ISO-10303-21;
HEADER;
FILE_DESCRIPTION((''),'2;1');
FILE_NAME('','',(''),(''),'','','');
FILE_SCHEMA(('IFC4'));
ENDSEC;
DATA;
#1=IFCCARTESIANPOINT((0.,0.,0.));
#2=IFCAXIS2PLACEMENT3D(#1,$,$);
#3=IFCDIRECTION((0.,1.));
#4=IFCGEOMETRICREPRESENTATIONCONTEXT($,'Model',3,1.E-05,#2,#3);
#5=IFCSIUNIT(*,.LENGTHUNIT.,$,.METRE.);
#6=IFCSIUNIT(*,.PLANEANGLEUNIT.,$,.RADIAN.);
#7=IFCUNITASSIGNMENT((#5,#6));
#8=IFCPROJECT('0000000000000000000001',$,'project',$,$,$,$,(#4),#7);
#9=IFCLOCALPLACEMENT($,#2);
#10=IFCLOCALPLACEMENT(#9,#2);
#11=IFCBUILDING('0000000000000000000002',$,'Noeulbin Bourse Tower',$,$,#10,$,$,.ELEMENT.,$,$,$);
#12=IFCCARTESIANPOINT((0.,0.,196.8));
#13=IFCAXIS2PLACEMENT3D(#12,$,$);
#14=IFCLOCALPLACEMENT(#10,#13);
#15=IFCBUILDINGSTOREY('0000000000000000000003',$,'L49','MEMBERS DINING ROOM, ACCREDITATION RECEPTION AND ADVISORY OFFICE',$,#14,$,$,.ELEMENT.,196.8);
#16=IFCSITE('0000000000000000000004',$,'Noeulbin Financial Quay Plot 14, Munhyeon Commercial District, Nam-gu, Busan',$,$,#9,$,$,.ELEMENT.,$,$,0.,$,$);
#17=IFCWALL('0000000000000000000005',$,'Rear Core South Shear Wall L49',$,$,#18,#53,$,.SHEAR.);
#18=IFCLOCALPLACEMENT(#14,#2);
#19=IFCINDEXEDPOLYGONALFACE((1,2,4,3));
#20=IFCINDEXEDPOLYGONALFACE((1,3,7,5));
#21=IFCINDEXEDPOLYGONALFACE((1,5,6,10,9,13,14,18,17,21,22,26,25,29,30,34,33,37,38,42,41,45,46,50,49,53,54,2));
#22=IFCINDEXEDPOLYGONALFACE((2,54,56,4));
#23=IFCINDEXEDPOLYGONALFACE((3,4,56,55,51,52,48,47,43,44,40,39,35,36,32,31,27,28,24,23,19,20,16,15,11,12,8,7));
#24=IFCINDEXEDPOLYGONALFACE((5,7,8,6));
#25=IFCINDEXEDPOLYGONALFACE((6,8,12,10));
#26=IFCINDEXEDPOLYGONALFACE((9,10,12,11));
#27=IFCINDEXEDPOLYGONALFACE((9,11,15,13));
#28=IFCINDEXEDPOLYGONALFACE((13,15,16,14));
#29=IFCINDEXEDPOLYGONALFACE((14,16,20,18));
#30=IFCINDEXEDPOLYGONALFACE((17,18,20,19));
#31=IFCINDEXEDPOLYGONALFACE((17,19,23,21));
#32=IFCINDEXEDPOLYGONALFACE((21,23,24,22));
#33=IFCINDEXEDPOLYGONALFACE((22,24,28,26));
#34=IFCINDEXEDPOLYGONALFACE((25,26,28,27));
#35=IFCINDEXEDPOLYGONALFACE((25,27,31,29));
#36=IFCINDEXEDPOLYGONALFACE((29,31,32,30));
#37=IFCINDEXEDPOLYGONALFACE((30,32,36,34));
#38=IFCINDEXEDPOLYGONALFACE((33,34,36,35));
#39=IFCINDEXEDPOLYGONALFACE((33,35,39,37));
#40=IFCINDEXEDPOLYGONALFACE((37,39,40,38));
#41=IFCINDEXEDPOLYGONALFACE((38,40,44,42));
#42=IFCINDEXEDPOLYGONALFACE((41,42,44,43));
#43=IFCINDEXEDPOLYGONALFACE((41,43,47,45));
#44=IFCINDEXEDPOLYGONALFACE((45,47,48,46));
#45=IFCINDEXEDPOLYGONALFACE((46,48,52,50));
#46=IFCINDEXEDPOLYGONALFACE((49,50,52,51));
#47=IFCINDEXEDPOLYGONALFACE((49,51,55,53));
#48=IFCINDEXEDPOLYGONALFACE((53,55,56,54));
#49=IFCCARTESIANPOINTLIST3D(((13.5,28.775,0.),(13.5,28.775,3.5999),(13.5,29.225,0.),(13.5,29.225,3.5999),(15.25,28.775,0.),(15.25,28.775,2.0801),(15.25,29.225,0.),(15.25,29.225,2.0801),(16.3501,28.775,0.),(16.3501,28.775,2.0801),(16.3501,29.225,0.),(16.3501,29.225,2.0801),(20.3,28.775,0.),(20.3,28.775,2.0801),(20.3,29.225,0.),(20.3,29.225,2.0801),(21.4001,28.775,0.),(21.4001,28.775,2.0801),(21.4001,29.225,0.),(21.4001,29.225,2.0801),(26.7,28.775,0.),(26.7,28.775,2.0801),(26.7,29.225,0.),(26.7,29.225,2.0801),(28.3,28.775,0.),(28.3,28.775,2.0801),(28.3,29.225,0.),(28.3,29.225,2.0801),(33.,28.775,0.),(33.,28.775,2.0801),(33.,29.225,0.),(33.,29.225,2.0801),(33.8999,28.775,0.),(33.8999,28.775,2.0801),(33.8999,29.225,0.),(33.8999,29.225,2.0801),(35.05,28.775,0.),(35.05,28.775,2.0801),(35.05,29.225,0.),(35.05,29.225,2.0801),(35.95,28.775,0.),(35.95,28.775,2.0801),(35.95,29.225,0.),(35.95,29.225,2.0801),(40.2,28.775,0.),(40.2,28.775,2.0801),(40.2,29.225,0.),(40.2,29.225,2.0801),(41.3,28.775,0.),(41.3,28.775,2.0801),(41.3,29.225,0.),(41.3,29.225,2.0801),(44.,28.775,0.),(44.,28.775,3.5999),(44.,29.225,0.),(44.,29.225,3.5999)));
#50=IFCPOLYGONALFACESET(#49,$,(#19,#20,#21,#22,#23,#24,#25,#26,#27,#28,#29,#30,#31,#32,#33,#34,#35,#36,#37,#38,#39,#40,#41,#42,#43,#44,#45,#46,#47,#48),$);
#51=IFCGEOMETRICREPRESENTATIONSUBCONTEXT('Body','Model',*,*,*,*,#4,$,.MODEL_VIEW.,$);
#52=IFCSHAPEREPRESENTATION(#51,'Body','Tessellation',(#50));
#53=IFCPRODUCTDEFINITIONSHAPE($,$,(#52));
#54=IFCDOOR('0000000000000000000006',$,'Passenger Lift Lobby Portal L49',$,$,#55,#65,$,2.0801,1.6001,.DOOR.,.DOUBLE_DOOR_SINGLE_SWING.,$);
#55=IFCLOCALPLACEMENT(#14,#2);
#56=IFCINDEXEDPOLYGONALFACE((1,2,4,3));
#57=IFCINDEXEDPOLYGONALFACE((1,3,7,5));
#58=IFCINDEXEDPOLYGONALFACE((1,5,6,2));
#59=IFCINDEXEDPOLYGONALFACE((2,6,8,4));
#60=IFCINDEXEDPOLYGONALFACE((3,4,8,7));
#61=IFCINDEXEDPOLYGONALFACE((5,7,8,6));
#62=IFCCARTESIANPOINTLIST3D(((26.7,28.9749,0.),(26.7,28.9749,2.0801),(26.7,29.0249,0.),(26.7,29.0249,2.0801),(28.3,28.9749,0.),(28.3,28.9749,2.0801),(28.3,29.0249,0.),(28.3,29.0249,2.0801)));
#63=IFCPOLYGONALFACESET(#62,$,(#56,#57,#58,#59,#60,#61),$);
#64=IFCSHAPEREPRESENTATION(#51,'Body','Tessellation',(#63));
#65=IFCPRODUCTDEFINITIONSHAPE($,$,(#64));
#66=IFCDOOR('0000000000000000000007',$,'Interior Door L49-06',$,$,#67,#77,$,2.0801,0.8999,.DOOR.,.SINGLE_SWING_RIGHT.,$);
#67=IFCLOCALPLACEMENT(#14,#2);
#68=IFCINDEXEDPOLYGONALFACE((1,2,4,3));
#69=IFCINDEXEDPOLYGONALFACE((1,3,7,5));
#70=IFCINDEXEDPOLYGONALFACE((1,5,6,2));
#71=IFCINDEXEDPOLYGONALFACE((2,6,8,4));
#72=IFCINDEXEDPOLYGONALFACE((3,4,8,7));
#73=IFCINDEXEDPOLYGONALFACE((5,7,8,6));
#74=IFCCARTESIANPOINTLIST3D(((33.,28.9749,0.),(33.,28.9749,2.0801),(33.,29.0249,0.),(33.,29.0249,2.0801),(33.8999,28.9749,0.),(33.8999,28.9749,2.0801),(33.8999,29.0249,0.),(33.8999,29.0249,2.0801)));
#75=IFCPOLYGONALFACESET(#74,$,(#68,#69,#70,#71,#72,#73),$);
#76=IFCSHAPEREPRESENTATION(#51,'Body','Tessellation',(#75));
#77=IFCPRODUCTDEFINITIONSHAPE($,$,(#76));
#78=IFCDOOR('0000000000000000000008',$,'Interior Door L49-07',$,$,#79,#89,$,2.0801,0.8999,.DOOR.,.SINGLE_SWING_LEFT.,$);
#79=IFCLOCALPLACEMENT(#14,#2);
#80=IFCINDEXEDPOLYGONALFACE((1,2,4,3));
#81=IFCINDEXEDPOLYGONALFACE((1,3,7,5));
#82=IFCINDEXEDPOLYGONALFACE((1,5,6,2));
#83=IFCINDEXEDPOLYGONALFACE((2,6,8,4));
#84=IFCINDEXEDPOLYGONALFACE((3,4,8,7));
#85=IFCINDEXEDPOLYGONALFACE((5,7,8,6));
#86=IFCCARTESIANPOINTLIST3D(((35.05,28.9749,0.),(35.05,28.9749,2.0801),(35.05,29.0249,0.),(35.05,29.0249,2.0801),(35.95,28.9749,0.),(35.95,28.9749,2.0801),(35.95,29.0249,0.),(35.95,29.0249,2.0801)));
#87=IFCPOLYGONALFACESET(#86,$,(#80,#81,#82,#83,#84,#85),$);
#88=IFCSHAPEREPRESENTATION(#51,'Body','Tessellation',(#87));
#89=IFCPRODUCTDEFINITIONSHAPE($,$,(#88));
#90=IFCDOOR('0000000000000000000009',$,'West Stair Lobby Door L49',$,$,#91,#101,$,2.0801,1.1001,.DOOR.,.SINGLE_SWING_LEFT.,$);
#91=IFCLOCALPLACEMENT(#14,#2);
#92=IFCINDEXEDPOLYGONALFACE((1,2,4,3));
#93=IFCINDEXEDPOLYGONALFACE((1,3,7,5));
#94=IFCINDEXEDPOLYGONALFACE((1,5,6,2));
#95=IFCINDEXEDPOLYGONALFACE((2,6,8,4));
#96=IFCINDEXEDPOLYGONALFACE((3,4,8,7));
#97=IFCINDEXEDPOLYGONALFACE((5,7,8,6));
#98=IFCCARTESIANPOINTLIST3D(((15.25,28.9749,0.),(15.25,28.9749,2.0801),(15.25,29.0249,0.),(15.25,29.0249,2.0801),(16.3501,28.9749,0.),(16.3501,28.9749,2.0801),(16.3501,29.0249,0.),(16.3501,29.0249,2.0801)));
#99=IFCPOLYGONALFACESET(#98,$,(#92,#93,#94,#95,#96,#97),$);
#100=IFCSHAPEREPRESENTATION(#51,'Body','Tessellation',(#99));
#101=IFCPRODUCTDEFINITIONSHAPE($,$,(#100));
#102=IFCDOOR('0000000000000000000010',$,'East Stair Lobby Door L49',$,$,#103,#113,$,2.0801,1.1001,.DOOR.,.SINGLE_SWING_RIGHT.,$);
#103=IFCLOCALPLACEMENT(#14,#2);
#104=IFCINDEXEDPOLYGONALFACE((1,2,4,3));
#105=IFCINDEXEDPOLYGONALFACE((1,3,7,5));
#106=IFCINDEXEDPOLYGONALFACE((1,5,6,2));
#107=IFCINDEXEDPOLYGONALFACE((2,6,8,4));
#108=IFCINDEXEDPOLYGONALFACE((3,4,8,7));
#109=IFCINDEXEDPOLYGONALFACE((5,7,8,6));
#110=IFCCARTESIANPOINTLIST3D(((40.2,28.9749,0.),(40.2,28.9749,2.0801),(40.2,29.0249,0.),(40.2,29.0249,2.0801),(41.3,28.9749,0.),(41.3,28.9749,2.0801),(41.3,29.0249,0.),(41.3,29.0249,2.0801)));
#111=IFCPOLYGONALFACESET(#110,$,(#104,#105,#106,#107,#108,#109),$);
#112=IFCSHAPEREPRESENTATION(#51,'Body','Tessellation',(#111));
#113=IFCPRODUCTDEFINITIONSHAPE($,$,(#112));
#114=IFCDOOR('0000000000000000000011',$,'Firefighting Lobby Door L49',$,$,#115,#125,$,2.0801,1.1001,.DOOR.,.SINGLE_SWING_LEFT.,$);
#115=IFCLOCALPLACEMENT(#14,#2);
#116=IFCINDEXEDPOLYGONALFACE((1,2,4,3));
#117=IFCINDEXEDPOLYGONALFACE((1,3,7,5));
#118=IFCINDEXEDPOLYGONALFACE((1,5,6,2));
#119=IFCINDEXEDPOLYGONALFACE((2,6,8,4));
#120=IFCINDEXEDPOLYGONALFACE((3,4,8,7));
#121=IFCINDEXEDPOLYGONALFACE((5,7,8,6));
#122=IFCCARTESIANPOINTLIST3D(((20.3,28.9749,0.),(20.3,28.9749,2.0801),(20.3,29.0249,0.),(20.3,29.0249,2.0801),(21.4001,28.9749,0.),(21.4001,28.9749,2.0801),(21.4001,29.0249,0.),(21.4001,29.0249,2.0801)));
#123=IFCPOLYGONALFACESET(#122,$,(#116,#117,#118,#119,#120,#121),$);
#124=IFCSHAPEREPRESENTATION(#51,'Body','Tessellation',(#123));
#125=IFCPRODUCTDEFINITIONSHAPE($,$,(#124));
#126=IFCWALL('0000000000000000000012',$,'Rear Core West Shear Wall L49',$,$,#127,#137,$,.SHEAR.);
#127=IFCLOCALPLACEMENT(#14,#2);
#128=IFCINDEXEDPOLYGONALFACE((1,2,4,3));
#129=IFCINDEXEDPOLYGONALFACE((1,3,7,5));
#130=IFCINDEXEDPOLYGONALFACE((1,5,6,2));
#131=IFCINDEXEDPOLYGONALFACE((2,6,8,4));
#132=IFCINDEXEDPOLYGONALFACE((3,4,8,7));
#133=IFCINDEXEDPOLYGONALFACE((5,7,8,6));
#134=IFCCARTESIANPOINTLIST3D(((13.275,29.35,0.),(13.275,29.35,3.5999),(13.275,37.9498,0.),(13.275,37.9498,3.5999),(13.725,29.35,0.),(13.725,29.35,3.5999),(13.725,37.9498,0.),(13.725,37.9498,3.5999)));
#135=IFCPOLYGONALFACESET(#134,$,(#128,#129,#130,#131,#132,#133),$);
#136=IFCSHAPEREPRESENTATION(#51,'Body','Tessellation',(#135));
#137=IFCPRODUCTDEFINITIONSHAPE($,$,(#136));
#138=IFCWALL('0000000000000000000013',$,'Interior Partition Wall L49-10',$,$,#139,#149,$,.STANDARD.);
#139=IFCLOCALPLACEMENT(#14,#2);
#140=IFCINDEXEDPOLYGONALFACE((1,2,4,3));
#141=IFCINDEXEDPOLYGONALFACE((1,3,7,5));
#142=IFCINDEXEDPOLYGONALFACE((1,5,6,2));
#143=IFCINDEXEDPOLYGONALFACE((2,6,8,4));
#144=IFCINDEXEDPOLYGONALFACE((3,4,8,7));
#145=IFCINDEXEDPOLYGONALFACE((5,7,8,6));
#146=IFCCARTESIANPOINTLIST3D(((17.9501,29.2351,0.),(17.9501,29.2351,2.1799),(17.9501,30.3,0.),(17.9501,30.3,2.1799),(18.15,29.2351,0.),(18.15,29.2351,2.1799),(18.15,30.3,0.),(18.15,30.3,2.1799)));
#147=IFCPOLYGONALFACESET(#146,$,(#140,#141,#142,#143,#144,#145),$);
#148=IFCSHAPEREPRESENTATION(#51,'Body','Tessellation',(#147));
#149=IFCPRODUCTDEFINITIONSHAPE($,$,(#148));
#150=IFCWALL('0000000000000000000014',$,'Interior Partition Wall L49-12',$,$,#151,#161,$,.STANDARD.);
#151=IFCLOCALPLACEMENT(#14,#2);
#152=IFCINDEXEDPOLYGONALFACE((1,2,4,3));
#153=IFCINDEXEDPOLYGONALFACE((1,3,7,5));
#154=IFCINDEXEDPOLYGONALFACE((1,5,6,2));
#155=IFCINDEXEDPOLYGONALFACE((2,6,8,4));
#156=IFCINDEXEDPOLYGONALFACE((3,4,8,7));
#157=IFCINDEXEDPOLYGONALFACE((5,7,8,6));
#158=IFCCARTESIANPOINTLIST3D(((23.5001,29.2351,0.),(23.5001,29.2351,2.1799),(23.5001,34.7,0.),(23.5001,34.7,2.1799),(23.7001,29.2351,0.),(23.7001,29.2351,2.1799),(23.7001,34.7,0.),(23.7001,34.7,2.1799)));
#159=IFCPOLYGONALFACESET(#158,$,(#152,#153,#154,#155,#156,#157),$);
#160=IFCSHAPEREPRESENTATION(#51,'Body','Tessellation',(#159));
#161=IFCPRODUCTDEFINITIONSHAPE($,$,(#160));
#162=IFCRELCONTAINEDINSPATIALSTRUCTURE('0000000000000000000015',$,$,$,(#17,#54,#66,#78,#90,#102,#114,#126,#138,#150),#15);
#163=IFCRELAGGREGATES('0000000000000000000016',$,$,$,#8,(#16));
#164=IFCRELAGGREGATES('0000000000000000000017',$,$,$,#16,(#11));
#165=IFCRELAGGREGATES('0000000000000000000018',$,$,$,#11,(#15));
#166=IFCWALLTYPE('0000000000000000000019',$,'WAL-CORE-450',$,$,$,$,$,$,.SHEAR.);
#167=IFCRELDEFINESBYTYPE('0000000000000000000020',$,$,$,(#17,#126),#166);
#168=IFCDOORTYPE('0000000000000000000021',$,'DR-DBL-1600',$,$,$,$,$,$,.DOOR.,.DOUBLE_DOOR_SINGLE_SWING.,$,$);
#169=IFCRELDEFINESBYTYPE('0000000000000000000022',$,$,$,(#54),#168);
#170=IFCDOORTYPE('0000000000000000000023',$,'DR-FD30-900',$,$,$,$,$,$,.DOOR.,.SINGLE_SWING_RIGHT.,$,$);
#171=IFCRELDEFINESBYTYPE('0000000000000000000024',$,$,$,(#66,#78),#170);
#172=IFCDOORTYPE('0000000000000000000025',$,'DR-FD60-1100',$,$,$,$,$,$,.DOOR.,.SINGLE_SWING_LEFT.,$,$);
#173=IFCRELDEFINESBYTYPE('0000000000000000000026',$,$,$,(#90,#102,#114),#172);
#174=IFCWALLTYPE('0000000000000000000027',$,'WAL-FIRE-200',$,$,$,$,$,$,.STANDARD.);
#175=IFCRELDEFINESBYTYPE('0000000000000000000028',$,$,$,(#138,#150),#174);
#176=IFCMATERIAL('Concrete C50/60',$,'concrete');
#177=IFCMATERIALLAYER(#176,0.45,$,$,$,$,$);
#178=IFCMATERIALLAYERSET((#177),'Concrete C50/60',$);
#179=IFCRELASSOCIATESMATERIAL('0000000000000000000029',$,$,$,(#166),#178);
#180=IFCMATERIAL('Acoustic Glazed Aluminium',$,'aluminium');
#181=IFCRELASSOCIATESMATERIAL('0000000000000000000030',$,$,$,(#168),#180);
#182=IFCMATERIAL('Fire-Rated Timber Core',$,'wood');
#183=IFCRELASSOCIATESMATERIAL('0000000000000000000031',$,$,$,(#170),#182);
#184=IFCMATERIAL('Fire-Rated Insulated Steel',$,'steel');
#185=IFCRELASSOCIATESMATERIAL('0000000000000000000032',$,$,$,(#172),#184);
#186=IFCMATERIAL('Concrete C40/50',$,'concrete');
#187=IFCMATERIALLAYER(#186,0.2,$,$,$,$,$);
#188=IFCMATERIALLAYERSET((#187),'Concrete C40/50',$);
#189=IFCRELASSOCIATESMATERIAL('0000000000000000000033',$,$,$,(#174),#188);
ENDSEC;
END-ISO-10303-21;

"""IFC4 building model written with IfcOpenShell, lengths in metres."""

from ifc_helpers import new_model, si_unit, direction, frame, frame_2d, origin, place, context, subcontext, project, spatial, rectangle, extrude, material, layer, layer_set, type_object, element, fill, save


model = new_model("IFC4")

# Units and contexts
model_context = context("Model", 3, precision=1e-05, world=origin(), true_north=direction((0.0, 1.0)))
body_context = subcontext(model_context, "Body", "Model", "MODEL_VIEW")
ifc_project = project(units=[si_unit("LENGTHUNIT", "METRE"), si_unit("PLANEANGLEUNIT", "RADIAN")], contexts=[model_context])

# Site, building, storey
site_placement = place(None, origin())
site = spatial("IfcSite", under=ifc_project, at=site_placement, Name="Noeulbin Financial Quay Plot 14, Munhyeon Commercial District, Nam-gu, Busan", CompositionType="ELEMENT", RefElevation=0.0)
building_placement = place(site_placement, origin())
building = spatial("IfcBuilding", under=site, at=building_placement, Name="Noeulbin Bourse Tower", CompositionType="ELEMENT")
storey_placement = place(building_placement, frame((0.0, 0.0, 196.8)))
storey = spatial("IfcBuildingStorey", under=building, at=storey_placement, Name="L49", Description="MEMBERS DINING ROOM, ACCREDITATION RECEPTION AND ADVISORY OFFICE", CompositionType="ELEMENT", Elevation=196.8)

# Wall, openings, doors
ifc_material_1 = material(Name="Concrete C50/60", Category="concrete")
ifc_layer_1 = layer(ifc_material_1, 0.45)
ifc_layer_set_1 = layer_set([ifc_layer_1], Name="Concrete C50/60")
wall_type_1 = type_object("IfcWallType", Name="WAL-CORE-450", PredefinedType="SHEAR", material=ifc_layer_set_1)
wall_1_placement = place(storey_placement, frame((13.5, 29.0, 0.0), z_axis=(0.0, 0.0, 1.0), x_axis=(1.0, 0.0, 0.0)))
wall_1 = element("IfcWall", 1, at=wall_1_placement, inside=storey, type_object=wall_type_1, Name="Rear Core South Shear Wall L49", PredefinedType="SHEAR", context=body_context, shape_type="SweptSolid", body=[
    extrude(rectangle(XDim=30.5, YDim=0.45, at=frame_2d((15.25, 0.0))), origin(), (0.0, 0.0, 1.0), 3.5999),
])
opening_1_placement = place(wall_1_placement, frame((1.75, 0.0, 0.0)))
opening_1 = element("IfcOpeningElement", 2, at=opening_1_placement, cuts=wall_1, PredefinedType="OPENING", context=body_context, shape_type="SweptSolid", body=[
    extrude(rectangle(XDim=1.1001, YDim=2.0801, at=frame_2d((0.55, 1.04))), frame((0.0, 0.2349, 0.0), z_axis=(0.0, -1.0, 0.0), x_axis=(1.0, 0.0, 0.0)), (0.0, 0.0, 1.0), 0.47),
])
opening_2_placement = place(wall_1_placement, frame((26.7, 0.0, 0.0)))
opening_2 = element("IfcOpeningElement", 3, at=opening_2_placement, cuts=wall_1, PredefinedType="OPENING", context=body_context, shape_type="SweptSolid", body=[
    extrude(rectangle(XDim=1.1001, YDim=2.0801, at=frame_2d((0.55, 1.04))), frame((0.0, 0.2349, 0.0), z_axis=(0.0, -1.0, 0.0), x_axis=(1.0, 0.0, 0.0)), (0.0, 0.0, 1.0), 0.47),
])
opening_3_placement = place(wall_1_placement, frame((6.8, 0.0, 0.0)))
opening_3 = element("IfcOpeningElement", 4, at=opening_3_placement, cuts=wall_1, PredefinedType="OPENING", context=body_context, shape_type="SweptSolid", body=[
    extrude(rectangle(XDim=1.1001, YDim=2.0801, at=frame_2d((0.55, 1.04))), frame((0.0, 0.2349, 0.0), z_axis=(0.0, -1.0, 0.0), x_axis=(1.0, 0.0, 0.0)), (0.0, 0.0, 1.0), 0.47),
])
opening_4_placement = place(wall_1_placement, frame((13.2, 0.0, 0.0)))
opening_4 = element("IfcOpeningElement", 5, at=opening_4_placement, cuts=wall_1, PredefinedType="OPENING", context=body_context, shape_type="SweptSolid", body=[
    extrude(rectangle(XDim=1.6001, YDim=2.0801, at=frame_2d((0.8, 1.04))), frame((0.0, 0.2349, 0.0), z_axis=(0.0, -1.0, 0.0), x_axis=(1.0, 0.0, 0.0)), (0.0, 0.0, 1.0), 0.47),
])
opening_5_placement = place(wall_1_placement, frame((19.5, 0.0, 0.0)))
opening_5 = element("IfcOpeningElement", 6, at=opening_5_placement, cuts=wall_1, PredefinedType="OPENING", context=body_context, shape_type="SweptSolid", body=[
    extrude(rectangle(XDim=0.8999, YDim=2.0801, at=frame_2d((0.45, 1.04))), frame((0.0, 0.2349, 0.0), z_axis=(0.0, -1.0, 0.0), x_axis=(1.0, 0.0, 0.0)), (0.0, 0.0, 1.0), 0.47),
])
opening_6_placement = place(wall_1_placement, frame((21.55, 0.0, 0.0)))
opening_6 = element("IfcOpeningElement", 7, at=opening_6_placement, cuts=wall_1, PredefinedType="OPENING", context=body_context, shape_type="SweptSolid", body=[
    extrude(rectangle(XDim=0.8999, YDim=2.0801, at=frame_2d((0.45, 1.04))), frame((0.0, 0.2349, 0.0), z_axis=(0.0, -1.0, 0.0), x_axis=(1.0, 0.0, 0.0)), (0.0, 0.0, 1.0), 0.47),
])
ifc_material_2 = material(Name="Acoustic Glazed Aluminium", Category="aluminium")
door_type_1 = type_object("IfcDoorType", Name="DR-DBL-1600", OperationType="DOUBLE_DOOR_SINGLE_SWING", PredefinedType="DOOR", material=ifc_material_2)
door_1_placement = place(opening_4_placement, origin())
door_1 = element("IfcDoor", 8, at=door_1_placement, inside=storey, type_object=door_type_1, Name="Passenger Lift Lobby Portal L49", OperationType="DOUBLE_DOOR_SINGLE_SWING", OverallHeight=2.0801, OverallWidth=1.6001, PredefinedType="DOOR", context=body_context, shape_type="SweptSolid", body=[
    extrude(rectangle(XDim=1.6001, YDim=2.0801, at=frame_2d((0.8, 1.04))), frame((0.0, 0.0249, 0.0), z_axis=(0.0, -1.0, 0.0), x_axis=(1.0, 0.0, 0.0)), (0.0, 0.0, 1.0), 0.05),
])
fill(opening_4, door_1)
ifc_material_3 = material(Name="Fire-Rated Timber Core", Category="wood")
door_type_2 = type_object("IfcDoorType", Name="DR-FD30-900", OperationType="SINGLE_SWING_RIGHT", PredefinedType="DOOR", material=ifc_material_3)
door_2_placement = place(opening_5_placement, origin())
door_2 = element("IfcDoor", 9, at=door_2_placement, inside=storey, type_object=door_type_2, Name="Interior Door L49-06", OperationType="SINGLE_SWING_RIGHT", OverallHeight=2.0801, OverallWidth=0.8999, PredefinedType="DOOR", context=body_context, shape_type="SweptSolid", body=[
    extrude(rectangle(XDim=0.8999, YDim=2.0801, at=frame_2d((0.45, 1.04))), frame((0.0, 0.0249, 0.0), z_axis=(0.0, -1.0, 0.0), x_axis=(1.0, 0.0, 0.0)), (0.0, 0.0, 1.0), 0.05),
])
fill(opening_5, door_2)
door_3_placement = place(opening_6_placement, origin())
door_3 = element("IfcDoor", 10, at=door_3_placement, inside=storey, type_object=door_type_2, Name="Interior Door L49-07", OperationType="SINGLE_SWING_LEFT", OverallHeight=2.0801, OverallWidth=0.8999, PredefinedType="DOOR", context=body_context, shape_type="SweptSolid", body=[
    extrude(rectangle(XDim=0.8999, YDim=2.0801, at=frame_2d((0.45, 1.04))), frame((0.0, 0.0249, 0.0), z_axis=(0.0, -1.0, 0.0), x_axis=(1.0, 0.0, 0.0)), (0.0, 0.0, 1.0), 0.05),
])
fill(opening_6, door_3)
ifc_material_4 = material(Name="Fire-Rated Insulated Steel", Category="steel")
door_type_3 = type_object("IfcDoorType", Name="DR-FD60-1100", OperationType="SINGLE_SWING_LEFT", PredefinedType="DOOR", material=ifc_material_4)
door_4_placement = place(opening_1_placement, origin())
door_4 = element("IfcDoor", 11, at=door_4_placement, inside=storey, type_object=door_type_3, Name="West Stair Lobby Door L49", OperationType="SINGLE_SWING_LEFT", OverallHeight=2.0801, OverallWidth=1.1001, PredefinedType="DOOR", context=body_context, shape_type="SweptSolid", body=[
    extrude(rectangle(XDim=1.1001, YDim=2.0801, at=frame_2d((0.55, 1.04))), frame((0.0, 0.0249, 0.0), z_axis=(0.0, -1.0, 0.0), x_axis=(1.0, 0.0, 0.0)), (0.0, 0.0, 1.0), 0.05),
])
fill(opening_1, door_4)
door_5_placement = place(opening_2_placement, origin())
door_5 = element("IfcDoor", 12, at=door_5_placement, inside=storey, type_object=door_type_3, Name="East Stair Lobby Door L49", OperationType="SINGLE_SWING_RIGHT", OverallHeight=2.0801, OverallWidth=1.1001, PredefinedType="DOOR", context=body_context, shape_type="SweptSolid", body=[
    extrude(rectangle(XDim=1.1001, YDim=2.0801, at=frame_2d((0.55, 1.04))), frame((0.0, 0.0249, 0.0), z_axis=(0.0, -1.0, 0.0), x_axis=(1.0, 0.0, 0.0)), (0.0, 0.0, 1.0), 0.05),
])
fill(opening_2, door_5)
door_6_placement = place(opening_3_placement, origin())
door_6 = element("IfcDoor", 13, at=door_6_placement, inside=storey, type_object=door_type_3, Name="Firefighting Lobby Door L49", OperationType="SINGLE_SWING_LEFT", OverallHeight=2.0801, OverallWidth=1.1001, PredefinedType="DOOR", context=body_context, shape_type="SweptSolid", body=[
    extrude(rectangle(XDim=1.1001, YDim=2.0801, at=frame_2d((0.55, 1.04))), frame((0.0, 0.0249, 0.0), z_axis=(0.0, -1.0, 0.0), x_axis=(1.0, 0.0, 0.0)), (0.0, 0.0, 1.0), 0.05),
])
fill(opening_3, door_6)

# Walls
wall_2_placement = place(storey_placement, frame((13.5, 29.3501, 0.0), z_axis=(0.0, 0.0, 1.0), x_axis=(0.0, 1.0, 0.0)))
element("IfcWall", 14, at=wall_2_placement, inside=storey, type_object=wall_type_1, Name="Rear Core West Shear Wall L49", PredefinedType="SHEAR", context=body_context, shape_type="SweptSolid", body=[
    extrude(rectangle(XDim=8.5999, YDim=0.45, at=frame_2d((4.2998, 0.0))), origin(), (0.0, 0.0, 1.0), 3.5999),
])
ifc_material_5 = material(Name="Concrete C40/50", Category="concrete")
ifc_layer_2 = layer(ifc_material_5, 0.2)
ifc_layer_set_2 = layer_set([ifc_layer_2], Name="Concrete C40/50")
wall_type_2 = type_object("IfcWallType", Name="WAL-FIRE-200", PredefinedType="STANDARD", material=ifc_layer_set_2)
wall_3_placement = place(storey_placement, frame((18.05, 29.2351, 0.0), z_axis=(0.0, 0.0, 1.0), x_axis=(0.0, 1.0, 0.0)))
element("IfcWall", 15, at=wall_3_placement, inside=storey, type_object=wall_type_2, Name="Interior Partition Wall L49-10", PredefinedType="STANDARD", context=body_context, shape_type="SweptSolid", body=[
    extrude(rectangle(XDim=1.0649, YDim=0.2, at=frame_2d((0.5325, 0.0))), origin(), (0.0, 0.0, 1.0), 2.1799),
])
wall_4_placement = place(storey_placement, frame((23.6001, 29.2351, 0.0), z_axis=(0.0, 0.0, 1.0), x_axis=(0.0, 1.0, 0.0)))
element("IfcWall", 16, at=wall_4_placement, inside=storey, type_object=wall_type_2, Name="Interior Partition Wall L49-12", PredefinedType="STANDARD", context=body_context, shape_type="SweptSolid", body=[
    extrude(rectangle(XDim=5.4648, YDim=0.2, at=frame_2d((2.7324, 0.0))), origin(), (0.0, 0.0, 1.0), 2.1799),
])

save(model, "model.ifc")
